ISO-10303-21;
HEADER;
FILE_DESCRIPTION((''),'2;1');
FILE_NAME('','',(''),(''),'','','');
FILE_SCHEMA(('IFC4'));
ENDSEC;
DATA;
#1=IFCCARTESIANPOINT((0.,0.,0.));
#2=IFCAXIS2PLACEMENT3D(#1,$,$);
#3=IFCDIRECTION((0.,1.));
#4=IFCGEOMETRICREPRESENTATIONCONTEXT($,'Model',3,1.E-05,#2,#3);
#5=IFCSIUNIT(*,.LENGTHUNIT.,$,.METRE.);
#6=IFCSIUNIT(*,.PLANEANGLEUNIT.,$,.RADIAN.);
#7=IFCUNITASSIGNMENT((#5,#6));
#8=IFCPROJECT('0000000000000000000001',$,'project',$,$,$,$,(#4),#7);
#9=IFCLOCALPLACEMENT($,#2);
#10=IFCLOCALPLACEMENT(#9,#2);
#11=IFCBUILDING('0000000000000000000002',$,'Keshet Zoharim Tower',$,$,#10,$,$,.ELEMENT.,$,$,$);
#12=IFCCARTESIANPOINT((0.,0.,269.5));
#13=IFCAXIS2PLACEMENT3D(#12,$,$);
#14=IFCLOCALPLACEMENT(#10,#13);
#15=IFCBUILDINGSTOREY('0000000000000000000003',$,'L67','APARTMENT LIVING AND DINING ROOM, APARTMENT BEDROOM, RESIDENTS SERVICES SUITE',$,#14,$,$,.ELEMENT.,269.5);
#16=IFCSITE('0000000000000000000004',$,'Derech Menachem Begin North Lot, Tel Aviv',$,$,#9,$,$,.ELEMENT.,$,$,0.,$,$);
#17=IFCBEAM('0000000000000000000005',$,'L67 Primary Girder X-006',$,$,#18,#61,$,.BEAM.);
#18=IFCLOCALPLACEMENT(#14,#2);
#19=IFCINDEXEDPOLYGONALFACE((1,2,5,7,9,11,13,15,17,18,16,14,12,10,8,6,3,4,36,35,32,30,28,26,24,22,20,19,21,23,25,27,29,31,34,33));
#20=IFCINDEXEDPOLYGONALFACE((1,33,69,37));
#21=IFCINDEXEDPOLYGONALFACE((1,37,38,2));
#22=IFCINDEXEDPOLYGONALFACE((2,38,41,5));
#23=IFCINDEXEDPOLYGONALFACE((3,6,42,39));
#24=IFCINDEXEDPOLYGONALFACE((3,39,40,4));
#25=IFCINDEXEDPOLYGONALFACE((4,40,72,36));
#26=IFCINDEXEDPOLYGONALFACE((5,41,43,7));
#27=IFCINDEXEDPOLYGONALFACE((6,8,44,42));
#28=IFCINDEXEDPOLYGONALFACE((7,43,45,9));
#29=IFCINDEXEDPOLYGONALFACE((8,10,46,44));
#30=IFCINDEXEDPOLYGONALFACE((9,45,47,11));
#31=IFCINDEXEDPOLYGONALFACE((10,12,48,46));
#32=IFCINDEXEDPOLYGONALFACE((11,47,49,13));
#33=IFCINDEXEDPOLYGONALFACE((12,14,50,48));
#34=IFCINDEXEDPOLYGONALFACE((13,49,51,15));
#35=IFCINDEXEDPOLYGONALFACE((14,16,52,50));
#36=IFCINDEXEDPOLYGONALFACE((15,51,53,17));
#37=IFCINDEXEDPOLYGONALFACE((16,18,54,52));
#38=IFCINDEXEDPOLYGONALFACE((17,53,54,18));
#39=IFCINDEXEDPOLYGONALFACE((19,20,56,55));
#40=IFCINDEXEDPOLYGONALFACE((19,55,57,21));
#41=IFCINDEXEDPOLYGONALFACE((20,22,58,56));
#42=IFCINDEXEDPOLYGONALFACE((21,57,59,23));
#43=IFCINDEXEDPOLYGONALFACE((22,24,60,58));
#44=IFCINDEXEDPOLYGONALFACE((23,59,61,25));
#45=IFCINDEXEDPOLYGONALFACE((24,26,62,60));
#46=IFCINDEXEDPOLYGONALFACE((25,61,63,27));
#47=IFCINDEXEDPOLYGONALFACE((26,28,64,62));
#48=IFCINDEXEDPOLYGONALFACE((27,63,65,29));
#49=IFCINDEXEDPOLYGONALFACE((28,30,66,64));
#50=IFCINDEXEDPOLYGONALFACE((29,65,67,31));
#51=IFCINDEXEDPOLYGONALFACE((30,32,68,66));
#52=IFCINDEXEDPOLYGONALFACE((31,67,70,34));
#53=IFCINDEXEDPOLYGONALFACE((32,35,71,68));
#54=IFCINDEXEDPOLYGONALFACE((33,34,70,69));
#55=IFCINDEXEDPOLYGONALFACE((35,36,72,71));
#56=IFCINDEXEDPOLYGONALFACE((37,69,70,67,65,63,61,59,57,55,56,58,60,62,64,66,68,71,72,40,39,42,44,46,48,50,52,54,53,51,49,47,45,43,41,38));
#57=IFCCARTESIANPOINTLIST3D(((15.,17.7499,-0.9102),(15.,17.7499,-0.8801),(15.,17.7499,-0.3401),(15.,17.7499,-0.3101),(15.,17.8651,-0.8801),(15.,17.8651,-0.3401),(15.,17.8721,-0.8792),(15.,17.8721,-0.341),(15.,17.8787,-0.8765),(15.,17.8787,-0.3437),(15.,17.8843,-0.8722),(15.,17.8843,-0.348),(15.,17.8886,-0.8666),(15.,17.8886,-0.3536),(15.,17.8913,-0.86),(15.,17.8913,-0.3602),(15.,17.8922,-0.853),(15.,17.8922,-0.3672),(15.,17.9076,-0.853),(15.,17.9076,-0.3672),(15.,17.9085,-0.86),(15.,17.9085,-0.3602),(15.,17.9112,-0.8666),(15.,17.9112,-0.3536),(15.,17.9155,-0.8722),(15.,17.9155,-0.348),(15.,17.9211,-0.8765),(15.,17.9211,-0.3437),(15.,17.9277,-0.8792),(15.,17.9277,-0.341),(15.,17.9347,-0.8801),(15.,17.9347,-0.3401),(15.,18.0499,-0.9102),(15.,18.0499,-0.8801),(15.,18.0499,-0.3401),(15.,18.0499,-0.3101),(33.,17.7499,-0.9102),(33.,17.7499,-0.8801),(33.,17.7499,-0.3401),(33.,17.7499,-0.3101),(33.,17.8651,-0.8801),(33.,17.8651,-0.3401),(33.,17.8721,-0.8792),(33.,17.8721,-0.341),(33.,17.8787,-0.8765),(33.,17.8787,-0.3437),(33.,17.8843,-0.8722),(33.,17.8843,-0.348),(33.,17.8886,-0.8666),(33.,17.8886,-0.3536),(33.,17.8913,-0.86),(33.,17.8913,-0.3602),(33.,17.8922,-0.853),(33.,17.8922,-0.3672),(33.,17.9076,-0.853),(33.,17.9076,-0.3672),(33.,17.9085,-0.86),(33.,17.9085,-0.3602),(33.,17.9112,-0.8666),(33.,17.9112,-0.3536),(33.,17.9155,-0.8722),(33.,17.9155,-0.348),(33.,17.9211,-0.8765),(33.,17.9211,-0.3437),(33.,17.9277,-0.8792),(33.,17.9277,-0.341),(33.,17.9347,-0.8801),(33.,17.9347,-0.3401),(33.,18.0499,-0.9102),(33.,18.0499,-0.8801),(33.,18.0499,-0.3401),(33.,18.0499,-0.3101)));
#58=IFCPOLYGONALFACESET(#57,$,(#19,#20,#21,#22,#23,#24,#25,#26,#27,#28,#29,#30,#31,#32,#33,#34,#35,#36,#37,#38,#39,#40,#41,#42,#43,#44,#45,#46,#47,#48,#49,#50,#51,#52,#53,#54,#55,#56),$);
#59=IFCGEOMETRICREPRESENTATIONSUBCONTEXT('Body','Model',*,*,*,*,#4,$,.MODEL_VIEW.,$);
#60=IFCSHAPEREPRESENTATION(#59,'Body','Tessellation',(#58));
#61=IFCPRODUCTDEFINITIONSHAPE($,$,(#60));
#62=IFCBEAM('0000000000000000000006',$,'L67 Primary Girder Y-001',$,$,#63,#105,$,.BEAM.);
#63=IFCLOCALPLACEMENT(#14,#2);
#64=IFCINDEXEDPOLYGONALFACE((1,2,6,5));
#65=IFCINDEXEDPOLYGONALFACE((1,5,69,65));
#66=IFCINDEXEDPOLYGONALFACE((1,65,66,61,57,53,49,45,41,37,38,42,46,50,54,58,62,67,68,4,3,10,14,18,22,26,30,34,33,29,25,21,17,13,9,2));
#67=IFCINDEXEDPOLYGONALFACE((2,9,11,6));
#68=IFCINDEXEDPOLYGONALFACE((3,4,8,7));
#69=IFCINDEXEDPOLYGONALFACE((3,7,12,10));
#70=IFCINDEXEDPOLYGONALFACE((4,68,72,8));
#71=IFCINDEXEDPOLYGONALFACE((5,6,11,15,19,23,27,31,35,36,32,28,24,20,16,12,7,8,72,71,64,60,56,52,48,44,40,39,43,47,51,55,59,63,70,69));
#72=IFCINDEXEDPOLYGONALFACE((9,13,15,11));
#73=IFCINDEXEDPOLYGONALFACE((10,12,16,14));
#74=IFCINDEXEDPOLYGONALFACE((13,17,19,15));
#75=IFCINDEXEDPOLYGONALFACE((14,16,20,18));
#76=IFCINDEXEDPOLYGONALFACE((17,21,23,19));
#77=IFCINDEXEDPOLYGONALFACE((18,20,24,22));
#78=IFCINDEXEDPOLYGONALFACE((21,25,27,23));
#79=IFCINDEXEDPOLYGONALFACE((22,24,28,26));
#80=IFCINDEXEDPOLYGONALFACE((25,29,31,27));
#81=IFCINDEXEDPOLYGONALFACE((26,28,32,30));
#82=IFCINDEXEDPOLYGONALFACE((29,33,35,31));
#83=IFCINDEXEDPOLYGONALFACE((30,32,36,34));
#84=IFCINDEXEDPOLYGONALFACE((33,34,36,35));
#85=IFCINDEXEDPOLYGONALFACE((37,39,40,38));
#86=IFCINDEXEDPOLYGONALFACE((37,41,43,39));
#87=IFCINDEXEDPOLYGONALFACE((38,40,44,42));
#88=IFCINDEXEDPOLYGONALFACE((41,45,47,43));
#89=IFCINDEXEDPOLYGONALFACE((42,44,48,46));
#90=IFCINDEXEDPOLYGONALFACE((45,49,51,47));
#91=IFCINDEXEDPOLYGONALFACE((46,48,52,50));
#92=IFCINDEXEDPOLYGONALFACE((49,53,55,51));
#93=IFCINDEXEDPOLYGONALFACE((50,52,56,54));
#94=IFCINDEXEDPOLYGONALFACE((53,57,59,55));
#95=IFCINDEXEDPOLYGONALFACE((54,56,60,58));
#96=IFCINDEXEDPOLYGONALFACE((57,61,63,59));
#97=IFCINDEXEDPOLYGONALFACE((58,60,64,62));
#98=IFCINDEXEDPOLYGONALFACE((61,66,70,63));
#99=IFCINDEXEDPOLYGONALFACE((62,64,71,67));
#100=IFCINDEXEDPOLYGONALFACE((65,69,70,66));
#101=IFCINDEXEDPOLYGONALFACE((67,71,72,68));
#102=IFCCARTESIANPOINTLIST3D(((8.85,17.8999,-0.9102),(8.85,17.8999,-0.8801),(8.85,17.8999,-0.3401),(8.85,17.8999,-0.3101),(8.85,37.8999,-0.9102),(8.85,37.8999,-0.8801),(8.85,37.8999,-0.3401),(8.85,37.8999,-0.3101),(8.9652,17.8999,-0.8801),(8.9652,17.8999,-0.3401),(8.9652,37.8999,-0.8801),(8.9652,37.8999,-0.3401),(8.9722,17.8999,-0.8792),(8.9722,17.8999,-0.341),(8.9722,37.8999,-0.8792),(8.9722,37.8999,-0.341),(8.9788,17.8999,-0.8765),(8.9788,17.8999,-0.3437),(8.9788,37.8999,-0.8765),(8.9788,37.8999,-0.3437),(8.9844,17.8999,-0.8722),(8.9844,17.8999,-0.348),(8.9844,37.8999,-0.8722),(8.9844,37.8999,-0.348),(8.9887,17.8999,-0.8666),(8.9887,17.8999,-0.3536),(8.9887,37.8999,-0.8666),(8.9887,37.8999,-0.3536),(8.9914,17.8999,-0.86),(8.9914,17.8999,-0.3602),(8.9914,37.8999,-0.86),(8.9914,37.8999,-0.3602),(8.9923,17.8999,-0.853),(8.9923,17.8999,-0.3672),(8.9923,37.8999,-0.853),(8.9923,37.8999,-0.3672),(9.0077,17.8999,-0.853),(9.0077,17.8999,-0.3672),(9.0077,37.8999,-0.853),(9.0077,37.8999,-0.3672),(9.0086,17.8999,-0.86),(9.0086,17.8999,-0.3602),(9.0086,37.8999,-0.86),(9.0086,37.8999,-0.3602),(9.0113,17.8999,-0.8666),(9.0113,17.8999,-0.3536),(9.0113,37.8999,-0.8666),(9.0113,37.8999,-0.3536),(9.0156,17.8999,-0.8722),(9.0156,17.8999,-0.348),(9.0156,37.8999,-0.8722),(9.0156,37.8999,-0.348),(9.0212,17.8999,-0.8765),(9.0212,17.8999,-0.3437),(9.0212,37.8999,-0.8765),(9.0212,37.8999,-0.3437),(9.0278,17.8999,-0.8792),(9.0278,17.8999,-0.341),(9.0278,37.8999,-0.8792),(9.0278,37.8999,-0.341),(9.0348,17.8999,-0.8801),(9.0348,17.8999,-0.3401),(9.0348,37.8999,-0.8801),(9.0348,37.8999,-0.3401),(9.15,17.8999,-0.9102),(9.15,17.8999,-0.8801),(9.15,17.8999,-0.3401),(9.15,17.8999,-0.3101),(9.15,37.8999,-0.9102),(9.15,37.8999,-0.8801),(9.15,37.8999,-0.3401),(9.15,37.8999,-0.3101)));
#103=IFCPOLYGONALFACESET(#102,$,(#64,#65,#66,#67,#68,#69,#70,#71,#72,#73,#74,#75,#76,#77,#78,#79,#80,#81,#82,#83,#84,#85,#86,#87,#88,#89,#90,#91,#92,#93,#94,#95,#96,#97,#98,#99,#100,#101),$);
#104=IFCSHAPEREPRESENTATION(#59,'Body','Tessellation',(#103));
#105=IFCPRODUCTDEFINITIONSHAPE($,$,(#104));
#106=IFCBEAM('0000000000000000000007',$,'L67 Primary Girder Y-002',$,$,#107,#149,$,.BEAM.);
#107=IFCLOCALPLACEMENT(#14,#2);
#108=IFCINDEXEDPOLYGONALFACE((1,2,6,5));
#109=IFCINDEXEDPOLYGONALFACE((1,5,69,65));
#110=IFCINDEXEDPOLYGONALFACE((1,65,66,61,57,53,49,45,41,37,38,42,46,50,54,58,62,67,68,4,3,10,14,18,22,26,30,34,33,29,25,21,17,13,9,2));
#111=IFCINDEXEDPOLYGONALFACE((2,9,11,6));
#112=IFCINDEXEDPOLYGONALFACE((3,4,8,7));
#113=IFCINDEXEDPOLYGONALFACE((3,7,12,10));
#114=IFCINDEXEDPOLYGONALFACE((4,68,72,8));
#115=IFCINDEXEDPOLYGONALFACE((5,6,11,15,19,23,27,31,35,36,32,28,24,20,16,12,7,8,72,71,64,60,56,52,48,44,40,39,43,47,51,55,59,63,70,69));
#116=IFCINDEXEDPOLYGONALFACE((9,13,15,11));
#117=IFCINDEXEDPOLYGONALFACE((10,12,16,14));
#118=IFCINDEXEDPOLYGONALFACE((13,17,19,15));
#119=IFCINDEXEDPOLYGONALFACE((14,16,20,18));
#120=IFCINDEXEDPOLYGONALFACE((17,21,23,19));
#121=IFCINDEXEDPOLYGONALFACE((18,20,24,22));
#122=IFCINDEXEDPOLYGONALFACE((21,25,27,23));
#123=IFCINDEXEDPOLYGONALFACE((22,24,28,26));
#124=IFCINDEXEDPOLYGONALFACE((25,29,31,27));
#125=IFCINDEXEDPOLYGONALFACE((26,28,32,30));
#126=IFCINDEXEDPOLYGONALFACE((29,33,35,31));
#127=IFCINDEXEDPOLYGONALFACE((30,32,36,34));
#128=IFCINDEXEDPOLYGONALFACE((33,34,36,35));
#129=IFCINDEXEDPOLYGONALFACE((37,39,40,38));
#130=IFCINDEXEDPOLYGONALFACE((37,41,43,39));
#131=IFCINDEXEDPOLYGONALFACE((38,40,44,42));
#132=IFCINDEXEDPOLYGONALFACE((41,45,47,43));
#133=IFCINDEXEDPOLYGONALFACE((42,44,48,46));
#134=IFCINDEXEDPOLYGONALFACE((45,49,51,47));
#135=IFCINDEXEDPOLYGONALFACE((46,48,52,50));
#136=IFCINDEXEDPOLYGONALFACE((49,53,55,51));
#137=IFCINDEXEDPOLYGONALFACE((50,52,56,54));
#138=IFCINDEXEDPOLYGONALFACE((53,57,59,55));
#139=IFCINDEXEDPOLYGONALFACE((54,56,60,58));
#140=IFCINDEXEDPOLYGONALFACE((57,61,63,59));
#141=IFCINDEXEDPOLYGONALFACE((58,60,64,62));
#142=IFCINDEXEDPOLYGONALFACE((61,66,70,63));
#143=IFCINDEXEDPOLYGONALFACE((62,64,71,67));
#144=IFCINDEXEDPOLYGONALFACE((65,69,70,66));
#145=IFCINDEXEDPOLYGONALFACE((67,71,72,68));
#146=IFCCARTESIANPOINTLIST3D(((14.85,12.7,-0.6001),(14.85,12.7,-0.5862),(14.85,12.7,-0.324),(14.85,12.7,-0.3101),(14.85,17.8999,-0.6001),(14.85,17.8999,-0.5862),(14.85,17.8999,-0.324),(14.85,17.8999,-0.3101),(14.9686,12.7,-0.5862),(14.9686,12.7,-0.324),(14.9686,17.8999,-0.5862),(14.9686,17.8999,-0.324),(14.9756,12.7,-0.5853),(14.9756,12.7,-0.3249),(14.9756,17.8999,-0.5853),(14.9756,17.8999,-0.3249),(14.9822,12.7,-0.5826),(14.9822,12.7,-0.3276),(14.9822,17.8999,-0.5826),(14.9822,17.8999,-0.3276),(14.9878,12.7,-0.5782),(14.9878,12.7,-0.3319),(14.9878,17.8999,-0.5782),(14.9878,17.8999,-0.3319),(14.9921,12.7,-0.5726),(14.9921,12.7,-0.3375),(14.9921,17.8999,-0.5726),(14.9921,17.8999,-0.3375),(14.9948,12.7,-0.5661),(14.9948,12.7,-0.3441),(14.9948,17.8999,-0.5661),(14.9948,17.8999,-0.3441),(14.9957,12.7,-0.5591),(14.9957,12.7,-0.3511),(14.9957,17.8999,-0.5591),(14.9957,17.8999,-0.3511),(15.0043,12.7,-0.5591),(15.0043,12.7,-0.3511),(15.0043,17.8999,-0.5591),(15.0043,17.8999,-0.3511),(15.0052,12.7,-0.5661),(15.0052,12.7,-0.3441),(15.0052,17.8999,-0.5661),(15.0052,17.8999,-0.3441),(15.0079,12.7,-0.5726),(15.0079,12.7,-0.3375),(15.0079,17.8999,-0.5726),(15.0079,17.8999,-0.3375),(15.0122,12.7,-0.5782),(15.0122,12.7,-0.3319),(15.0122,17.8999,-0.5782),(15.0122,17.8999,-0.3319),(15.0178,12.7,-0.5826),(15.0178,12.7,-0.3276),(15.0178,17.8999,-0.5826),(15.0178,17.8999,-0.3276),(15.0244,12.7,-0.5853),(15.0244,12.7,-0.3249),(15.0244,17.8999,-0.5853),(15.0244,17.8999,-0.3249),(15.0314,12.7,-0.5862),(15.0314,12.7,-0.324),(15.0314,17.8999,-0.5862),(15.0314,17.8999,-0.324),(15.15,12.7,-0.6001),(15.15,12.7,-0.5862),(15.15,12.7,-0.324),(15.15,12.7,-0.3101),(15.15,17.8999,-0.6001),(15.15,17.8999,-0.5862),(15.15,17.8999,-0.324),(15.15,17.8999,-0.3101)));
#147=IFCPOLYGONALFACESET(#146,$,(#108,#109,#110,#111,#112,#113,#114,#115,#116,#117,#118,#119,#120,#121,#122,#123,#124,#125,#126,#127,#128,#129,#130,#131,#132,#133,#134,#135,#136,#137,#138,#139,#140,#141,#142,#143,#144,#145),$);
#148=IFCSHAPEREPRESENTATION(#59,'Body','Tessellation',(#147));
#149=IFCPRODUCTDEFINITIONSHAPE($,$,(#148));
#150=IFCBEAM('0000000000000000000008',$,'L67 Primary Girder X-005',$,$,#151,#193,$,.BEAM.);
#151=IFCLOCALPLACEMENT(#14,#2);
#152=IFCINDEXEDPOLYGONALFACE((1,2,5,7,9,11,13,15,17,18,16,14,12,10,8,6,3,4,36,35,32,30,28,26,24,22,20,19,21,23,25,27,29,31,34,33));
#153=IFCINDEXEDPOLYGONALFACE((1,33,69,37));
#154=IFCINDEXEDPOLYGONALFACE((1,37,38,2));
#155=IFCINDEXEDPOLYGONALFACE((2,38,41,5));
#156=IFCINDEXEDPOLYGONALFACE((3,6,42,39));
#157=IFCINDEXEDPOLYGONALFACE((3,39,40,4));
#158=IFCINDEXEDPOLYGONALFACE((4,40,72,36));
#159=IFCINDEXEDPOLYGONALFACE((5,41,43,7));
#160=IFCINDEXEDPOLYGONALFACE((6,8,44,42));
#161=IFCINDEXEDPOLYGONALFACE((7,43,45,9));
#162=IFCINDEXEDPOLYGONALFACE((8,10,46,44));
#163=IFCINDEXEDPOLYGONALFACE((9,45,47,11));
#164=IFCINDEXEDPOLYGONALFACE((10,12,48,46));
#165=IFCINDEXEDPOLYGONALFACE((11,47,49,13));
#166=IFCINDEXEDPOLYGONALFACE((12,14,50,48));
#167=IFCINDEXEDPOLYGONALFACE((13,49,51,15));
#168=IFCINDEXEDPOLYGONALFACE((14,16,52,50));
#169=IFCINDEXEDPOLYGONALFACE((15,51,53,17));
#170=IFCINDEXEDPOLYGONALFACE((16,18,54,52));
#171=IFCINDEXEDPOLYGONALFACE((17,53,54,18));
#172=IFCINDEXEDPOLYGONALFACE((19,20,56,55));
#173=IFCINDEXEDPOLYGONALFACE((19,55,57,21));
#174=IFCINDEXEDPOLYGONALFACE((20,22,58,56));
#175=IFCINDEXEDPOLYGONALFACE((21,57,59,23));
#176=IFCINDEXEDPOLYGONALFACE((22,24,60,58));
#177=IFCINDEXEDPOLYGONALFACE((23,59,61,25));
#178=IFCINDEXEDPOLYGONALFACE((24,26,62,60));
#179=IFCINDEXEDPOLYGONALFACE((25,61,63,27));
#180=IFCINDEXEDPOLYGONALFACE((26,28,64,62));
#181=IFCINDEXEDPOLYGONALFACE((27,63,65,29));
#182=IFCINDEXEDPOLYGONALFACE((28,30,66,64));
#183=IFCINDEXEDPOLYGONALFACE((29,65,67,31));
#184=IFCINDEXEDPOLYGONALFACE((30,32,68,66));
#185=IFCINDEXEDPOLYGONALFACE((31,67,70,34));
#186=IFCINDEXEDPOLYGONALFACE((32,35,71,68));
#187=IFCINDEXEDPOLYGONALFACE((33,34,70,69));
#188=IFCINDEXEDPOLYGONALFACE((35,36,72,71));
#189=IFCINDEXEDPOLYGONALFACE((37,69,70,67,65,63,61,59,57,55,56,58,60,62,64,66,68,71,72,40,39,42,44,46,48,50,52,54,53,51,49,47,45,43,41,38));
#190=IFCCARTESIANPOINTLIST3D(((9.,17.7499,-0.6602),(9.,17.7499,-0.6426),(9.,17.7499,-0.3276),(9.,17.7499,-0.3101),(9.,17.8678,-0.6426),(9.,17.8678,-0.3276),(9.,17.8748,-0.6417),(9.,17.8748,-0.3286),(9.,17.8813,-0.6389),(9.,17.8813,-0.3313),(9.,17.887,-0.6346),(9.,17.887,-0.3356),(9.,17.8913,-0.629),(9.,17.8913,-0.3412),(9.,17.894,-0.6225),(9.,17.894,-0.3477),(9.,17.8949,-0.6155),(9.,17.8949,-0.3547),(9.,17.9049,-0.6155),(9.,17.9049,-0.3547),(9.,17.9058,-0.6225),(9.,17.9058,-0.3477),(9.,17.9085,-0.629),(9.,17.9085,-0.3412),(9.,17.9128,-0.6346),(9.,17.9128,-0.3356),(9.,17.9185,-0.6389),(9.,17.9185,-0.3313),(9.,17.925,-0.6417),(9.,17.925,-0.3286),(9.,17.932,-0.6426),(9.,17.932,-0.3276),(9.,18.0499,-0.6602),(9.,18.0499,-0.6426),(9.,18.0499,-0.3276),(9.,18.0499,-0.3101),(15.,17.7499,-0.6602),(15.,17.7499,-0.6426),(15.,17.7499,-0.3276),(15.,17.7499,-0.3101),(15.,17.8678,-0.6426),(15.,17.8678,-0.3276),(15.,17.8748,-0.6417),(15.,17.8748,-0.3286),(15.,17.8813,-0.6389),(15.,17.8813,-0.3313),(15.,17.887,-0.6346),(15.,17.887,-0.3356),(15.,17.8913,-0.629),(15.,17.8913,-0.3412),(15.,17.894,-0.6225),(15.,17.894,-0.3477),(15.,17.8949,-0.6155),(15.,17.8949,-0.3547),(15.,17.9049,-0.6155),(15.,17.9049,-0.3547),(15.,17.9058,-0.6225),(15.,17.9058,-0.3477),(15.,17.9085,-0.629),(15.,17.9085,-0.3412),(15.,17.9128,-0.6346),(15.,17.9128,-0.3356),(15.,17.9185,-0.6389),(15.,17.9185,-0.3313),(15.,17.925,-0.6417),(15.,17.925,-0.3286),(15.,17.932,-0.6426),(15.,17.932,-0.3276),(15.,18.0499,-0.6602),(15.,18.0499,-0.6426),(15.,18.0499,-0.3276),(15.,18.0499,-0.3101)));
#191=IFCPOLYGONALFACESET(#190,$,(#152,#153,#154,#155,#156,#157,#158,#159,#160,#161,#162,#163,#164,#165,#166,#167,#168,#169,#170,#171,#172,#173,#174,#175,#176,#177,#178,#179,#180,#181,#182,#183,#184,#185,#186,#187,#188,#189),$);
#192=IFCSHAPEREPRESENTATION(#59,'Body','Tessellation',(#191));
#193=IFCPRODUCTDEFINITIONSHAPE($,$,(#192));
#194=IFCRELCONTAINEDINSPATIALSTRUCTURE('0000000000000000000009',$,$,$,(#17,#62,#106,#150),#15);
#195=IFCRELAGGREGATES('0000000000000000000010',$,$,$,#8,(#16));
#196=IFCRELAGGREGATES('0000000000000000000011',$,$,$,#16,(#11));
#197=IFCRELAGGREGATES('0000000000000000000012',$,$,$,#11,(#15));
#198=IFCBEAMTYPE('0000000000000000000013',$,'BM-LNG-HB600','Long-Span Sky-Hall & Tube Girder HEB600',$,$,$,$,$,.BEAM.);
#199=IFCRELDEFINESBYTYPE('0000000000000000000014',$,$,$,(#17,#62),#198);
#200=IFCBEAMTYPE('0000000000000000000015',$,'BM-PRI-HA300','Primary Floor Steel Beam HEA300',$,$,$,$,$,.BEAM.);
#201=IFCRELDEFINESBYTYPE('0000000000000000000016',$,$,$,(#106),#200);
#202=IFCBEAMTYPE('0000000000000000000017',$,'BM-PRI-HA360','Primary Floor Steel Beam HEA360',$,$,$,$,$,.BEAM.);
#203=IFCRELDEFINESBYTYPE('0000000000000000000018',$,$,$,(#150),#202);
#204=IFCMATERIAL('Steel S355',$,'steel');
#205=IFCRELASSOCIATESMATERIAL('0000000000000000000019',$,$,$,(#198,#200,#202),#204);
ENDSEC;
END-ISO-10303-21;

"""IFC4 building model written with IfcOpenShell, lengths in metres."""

from ifc_helpers import new_model, si_unit, direction, frame, origin, origin_2d, place, context, subcontext, project, spatial, i_section, extrude, material, material_profile, profile_set, type_object, element, save


model = new_model("IFC4")

# Units and contexts
model_context = context("Model", 3, precision=1e-05, world=origin(), true_north=direction((0.0, 1.0)))
body_context = subcontext(model_context, "Body", "Model", "MODEL_VIEW")
ifc_project = project(units=[si_unit("LENGTHUNIT", "METRE"), si_unit("PLANEANGLEUNIT", "RADIAN")], contexts=[model_context])

# Site, building, storey
site_placement = place(None, origin())
site = spatial("IfcSite", under=ifc_project, at=site_placement, Name="Derech Menachem Begin North Lot, Tel Aviv", CompositionType="ELEMENT", RefElevation=0.0)
building_placement = place(site_placement, origin())
building = spatial("IfcBuilding", under=site, at=building_placement, Name="Keshet Zoharim Tower", CompositionType="ELEMENT")
storey_placement = place(building_placement, frame((0.0, 0.0, 269.5)))
storey = spatial("IfcBuildingStorey", under=building, at=storey_placement, Name="L67", Description="APARTMENT LIVING AND DINING ROOM, APARTMENT BEDROOM, RESIDENTS SERVICES SUITE", CompositionType="ELEMENT", Elevation=269.5)

# Shared definitions
ifc_material_1 = material(Name="Steel S355", Category="steel")

# Beams
ifc_material_profile_1 = material_profile(ifc_material_1, i_section(OverallWidth=0.3, OverallDepth=0.6001, WebThickness=0.0154, FlangeThickness=0.03, FilletRadius=0.0271, at=origin_2d()), Name="HEB600")
ifc_profile_set_1 = profile_set([ifc_material_profile_1], Name="Steel S355")
beam_type_1 = type_object("IfcBeamType", Name="BM-LNG-HB600", Description="Long-Span Sky-Hall & Tube Girder HEB600", PredefinedType="BEAM", material=ifc_profile_set_1)
for number, where, z_axis, x_axis, name in (
    (1, (15.0, 17.8999, -0.6101), (1.0, 0.0, 0.0), (0.0, 1.0, 0.0), "L67 Primary Girder X-006"),
):
    element("IfcBeam", number, at=place(storey_placement, frame(where, z_axis=z_axis, x_axis=x_axis)), inside=storey, type_object=beam_type_1, Name=name, PredefinedType="BEAM", context=body_context, shape_type="SweptSolid", body=[
        extrude(i_section(OverallWidth=0.3, OverallDepth=0.6001, WebThickness=0.0154, FlangeThickness=0.03, FilletRadius=0.0271, at=origin_2d()), origin(), (0.0, 0.0, 1.0), 18.0),
    ])
beam_1_placement = place(storey_placement, frame((9.0, 17.8999, -0.6101), z_axis=(0.0, 1.0, 0.0), x_axis=(-1.0, 0.0, 0.0)))
element("IfcBeam", 2, at=beam_1_placement, inside=storey, type_object=beam_type_1, Name="L67 Primary Girder Y-001", PredefinedType="BEAM", context=body_context, shape_type="SweptSolid", body=[
    extrude(i_section(OverallWidth=0.3, OverallDepth=0.6001, WebThickness=0.0154, FlangeThickness=0.03, FilletRadius=0.0271, at=origin_2d()), origin(), (0.0, 0.0, 1.0), 20.0),
])
ifc_material_profile_2 = material_profile(ifc_material_1, i_section(OverallWidth=0.3, OverallDepth=0.29, WebThickness=0.0085, FlangeThickness=0.0139, FilletRadius=0.0271, at=origin_2d()), Name="HEA300")
ifc_profile_set_2 = profile_set([ifc_material_profile_2], Name="Steel S355")
beam_type_2 = type_object("IfcBeamType", Name="BM-PRI-HA300", Description="Primary Floor Steel Beam HEA300", PredefinedType="BEAM", material=ifc_profile_set_2)
beam_2_placement = place(storey_placement, frame((15.0, 12.7, -0.4551), z_axis=(0.0, 1.0, 0.0), x_axis=(-1.0, 0.0, 0.0)))
element("IfcBeam", 3, at=beam_2_placement, inside=storey, type_object=beam_type_2, Name="L67 Primary Girder Y-002", PredefinedType="BEAM", context=body_context, shape_type="SweptSolid", body=[
    extrude(i_section(OverallWidth=0.3, OverallDepth=0.29, WebThickness=0.0085, FlangeThickness=0.0139, FilletRadius=0.0271, at=origin_2d()), origin(), (0.0, 0.0, 1.0), 5.2),
])
ifc_material_profile_3 = material_profile(ifc_material_1, i_section(OverallWidth=0.3, OverallDepth=0.3501, WebThickness=0.01, FlangeThickness=0.0176, FilletRadius=0.0271, at=origin_2d()), Name="HEA360")
ifc_profile_set_3 = profile_set([ifc_material_profile_3], Name="Steel S355")
beam_type_3 = type_object("IfcBeamType", Name="BM-PRI-HA360", Description="Primary Floor Steel Beam HEA360", PredefinedType="BEAM", material=ifc_profile_set_3)
beam_3_placement = place(storey_placement, frame((9.0, 17.8999, -0.4851), z_axis=(1.0, 0.0, 0.0), x_axis=(0.0, 1.0, 0.0)))
element("IfcBeam", 4, at=beam_3_placement, inside=storey, type_object=beam_type_3, Name="L67 Primary Girder X-005", PredefinedType="BEAM", context=body_context, shape_type="SweptSolid", body=[
    extrude(i_section(OverallWidth=0.3, OverallDepth=0.3501, WebThickness=0.01, FlangeThickness=0.0176, FilletRadius=0.0271, at=origin_2d()), origin(), (0.0, 0.0, 1.0), 6.0),
])

save(model, "model.ifc")
